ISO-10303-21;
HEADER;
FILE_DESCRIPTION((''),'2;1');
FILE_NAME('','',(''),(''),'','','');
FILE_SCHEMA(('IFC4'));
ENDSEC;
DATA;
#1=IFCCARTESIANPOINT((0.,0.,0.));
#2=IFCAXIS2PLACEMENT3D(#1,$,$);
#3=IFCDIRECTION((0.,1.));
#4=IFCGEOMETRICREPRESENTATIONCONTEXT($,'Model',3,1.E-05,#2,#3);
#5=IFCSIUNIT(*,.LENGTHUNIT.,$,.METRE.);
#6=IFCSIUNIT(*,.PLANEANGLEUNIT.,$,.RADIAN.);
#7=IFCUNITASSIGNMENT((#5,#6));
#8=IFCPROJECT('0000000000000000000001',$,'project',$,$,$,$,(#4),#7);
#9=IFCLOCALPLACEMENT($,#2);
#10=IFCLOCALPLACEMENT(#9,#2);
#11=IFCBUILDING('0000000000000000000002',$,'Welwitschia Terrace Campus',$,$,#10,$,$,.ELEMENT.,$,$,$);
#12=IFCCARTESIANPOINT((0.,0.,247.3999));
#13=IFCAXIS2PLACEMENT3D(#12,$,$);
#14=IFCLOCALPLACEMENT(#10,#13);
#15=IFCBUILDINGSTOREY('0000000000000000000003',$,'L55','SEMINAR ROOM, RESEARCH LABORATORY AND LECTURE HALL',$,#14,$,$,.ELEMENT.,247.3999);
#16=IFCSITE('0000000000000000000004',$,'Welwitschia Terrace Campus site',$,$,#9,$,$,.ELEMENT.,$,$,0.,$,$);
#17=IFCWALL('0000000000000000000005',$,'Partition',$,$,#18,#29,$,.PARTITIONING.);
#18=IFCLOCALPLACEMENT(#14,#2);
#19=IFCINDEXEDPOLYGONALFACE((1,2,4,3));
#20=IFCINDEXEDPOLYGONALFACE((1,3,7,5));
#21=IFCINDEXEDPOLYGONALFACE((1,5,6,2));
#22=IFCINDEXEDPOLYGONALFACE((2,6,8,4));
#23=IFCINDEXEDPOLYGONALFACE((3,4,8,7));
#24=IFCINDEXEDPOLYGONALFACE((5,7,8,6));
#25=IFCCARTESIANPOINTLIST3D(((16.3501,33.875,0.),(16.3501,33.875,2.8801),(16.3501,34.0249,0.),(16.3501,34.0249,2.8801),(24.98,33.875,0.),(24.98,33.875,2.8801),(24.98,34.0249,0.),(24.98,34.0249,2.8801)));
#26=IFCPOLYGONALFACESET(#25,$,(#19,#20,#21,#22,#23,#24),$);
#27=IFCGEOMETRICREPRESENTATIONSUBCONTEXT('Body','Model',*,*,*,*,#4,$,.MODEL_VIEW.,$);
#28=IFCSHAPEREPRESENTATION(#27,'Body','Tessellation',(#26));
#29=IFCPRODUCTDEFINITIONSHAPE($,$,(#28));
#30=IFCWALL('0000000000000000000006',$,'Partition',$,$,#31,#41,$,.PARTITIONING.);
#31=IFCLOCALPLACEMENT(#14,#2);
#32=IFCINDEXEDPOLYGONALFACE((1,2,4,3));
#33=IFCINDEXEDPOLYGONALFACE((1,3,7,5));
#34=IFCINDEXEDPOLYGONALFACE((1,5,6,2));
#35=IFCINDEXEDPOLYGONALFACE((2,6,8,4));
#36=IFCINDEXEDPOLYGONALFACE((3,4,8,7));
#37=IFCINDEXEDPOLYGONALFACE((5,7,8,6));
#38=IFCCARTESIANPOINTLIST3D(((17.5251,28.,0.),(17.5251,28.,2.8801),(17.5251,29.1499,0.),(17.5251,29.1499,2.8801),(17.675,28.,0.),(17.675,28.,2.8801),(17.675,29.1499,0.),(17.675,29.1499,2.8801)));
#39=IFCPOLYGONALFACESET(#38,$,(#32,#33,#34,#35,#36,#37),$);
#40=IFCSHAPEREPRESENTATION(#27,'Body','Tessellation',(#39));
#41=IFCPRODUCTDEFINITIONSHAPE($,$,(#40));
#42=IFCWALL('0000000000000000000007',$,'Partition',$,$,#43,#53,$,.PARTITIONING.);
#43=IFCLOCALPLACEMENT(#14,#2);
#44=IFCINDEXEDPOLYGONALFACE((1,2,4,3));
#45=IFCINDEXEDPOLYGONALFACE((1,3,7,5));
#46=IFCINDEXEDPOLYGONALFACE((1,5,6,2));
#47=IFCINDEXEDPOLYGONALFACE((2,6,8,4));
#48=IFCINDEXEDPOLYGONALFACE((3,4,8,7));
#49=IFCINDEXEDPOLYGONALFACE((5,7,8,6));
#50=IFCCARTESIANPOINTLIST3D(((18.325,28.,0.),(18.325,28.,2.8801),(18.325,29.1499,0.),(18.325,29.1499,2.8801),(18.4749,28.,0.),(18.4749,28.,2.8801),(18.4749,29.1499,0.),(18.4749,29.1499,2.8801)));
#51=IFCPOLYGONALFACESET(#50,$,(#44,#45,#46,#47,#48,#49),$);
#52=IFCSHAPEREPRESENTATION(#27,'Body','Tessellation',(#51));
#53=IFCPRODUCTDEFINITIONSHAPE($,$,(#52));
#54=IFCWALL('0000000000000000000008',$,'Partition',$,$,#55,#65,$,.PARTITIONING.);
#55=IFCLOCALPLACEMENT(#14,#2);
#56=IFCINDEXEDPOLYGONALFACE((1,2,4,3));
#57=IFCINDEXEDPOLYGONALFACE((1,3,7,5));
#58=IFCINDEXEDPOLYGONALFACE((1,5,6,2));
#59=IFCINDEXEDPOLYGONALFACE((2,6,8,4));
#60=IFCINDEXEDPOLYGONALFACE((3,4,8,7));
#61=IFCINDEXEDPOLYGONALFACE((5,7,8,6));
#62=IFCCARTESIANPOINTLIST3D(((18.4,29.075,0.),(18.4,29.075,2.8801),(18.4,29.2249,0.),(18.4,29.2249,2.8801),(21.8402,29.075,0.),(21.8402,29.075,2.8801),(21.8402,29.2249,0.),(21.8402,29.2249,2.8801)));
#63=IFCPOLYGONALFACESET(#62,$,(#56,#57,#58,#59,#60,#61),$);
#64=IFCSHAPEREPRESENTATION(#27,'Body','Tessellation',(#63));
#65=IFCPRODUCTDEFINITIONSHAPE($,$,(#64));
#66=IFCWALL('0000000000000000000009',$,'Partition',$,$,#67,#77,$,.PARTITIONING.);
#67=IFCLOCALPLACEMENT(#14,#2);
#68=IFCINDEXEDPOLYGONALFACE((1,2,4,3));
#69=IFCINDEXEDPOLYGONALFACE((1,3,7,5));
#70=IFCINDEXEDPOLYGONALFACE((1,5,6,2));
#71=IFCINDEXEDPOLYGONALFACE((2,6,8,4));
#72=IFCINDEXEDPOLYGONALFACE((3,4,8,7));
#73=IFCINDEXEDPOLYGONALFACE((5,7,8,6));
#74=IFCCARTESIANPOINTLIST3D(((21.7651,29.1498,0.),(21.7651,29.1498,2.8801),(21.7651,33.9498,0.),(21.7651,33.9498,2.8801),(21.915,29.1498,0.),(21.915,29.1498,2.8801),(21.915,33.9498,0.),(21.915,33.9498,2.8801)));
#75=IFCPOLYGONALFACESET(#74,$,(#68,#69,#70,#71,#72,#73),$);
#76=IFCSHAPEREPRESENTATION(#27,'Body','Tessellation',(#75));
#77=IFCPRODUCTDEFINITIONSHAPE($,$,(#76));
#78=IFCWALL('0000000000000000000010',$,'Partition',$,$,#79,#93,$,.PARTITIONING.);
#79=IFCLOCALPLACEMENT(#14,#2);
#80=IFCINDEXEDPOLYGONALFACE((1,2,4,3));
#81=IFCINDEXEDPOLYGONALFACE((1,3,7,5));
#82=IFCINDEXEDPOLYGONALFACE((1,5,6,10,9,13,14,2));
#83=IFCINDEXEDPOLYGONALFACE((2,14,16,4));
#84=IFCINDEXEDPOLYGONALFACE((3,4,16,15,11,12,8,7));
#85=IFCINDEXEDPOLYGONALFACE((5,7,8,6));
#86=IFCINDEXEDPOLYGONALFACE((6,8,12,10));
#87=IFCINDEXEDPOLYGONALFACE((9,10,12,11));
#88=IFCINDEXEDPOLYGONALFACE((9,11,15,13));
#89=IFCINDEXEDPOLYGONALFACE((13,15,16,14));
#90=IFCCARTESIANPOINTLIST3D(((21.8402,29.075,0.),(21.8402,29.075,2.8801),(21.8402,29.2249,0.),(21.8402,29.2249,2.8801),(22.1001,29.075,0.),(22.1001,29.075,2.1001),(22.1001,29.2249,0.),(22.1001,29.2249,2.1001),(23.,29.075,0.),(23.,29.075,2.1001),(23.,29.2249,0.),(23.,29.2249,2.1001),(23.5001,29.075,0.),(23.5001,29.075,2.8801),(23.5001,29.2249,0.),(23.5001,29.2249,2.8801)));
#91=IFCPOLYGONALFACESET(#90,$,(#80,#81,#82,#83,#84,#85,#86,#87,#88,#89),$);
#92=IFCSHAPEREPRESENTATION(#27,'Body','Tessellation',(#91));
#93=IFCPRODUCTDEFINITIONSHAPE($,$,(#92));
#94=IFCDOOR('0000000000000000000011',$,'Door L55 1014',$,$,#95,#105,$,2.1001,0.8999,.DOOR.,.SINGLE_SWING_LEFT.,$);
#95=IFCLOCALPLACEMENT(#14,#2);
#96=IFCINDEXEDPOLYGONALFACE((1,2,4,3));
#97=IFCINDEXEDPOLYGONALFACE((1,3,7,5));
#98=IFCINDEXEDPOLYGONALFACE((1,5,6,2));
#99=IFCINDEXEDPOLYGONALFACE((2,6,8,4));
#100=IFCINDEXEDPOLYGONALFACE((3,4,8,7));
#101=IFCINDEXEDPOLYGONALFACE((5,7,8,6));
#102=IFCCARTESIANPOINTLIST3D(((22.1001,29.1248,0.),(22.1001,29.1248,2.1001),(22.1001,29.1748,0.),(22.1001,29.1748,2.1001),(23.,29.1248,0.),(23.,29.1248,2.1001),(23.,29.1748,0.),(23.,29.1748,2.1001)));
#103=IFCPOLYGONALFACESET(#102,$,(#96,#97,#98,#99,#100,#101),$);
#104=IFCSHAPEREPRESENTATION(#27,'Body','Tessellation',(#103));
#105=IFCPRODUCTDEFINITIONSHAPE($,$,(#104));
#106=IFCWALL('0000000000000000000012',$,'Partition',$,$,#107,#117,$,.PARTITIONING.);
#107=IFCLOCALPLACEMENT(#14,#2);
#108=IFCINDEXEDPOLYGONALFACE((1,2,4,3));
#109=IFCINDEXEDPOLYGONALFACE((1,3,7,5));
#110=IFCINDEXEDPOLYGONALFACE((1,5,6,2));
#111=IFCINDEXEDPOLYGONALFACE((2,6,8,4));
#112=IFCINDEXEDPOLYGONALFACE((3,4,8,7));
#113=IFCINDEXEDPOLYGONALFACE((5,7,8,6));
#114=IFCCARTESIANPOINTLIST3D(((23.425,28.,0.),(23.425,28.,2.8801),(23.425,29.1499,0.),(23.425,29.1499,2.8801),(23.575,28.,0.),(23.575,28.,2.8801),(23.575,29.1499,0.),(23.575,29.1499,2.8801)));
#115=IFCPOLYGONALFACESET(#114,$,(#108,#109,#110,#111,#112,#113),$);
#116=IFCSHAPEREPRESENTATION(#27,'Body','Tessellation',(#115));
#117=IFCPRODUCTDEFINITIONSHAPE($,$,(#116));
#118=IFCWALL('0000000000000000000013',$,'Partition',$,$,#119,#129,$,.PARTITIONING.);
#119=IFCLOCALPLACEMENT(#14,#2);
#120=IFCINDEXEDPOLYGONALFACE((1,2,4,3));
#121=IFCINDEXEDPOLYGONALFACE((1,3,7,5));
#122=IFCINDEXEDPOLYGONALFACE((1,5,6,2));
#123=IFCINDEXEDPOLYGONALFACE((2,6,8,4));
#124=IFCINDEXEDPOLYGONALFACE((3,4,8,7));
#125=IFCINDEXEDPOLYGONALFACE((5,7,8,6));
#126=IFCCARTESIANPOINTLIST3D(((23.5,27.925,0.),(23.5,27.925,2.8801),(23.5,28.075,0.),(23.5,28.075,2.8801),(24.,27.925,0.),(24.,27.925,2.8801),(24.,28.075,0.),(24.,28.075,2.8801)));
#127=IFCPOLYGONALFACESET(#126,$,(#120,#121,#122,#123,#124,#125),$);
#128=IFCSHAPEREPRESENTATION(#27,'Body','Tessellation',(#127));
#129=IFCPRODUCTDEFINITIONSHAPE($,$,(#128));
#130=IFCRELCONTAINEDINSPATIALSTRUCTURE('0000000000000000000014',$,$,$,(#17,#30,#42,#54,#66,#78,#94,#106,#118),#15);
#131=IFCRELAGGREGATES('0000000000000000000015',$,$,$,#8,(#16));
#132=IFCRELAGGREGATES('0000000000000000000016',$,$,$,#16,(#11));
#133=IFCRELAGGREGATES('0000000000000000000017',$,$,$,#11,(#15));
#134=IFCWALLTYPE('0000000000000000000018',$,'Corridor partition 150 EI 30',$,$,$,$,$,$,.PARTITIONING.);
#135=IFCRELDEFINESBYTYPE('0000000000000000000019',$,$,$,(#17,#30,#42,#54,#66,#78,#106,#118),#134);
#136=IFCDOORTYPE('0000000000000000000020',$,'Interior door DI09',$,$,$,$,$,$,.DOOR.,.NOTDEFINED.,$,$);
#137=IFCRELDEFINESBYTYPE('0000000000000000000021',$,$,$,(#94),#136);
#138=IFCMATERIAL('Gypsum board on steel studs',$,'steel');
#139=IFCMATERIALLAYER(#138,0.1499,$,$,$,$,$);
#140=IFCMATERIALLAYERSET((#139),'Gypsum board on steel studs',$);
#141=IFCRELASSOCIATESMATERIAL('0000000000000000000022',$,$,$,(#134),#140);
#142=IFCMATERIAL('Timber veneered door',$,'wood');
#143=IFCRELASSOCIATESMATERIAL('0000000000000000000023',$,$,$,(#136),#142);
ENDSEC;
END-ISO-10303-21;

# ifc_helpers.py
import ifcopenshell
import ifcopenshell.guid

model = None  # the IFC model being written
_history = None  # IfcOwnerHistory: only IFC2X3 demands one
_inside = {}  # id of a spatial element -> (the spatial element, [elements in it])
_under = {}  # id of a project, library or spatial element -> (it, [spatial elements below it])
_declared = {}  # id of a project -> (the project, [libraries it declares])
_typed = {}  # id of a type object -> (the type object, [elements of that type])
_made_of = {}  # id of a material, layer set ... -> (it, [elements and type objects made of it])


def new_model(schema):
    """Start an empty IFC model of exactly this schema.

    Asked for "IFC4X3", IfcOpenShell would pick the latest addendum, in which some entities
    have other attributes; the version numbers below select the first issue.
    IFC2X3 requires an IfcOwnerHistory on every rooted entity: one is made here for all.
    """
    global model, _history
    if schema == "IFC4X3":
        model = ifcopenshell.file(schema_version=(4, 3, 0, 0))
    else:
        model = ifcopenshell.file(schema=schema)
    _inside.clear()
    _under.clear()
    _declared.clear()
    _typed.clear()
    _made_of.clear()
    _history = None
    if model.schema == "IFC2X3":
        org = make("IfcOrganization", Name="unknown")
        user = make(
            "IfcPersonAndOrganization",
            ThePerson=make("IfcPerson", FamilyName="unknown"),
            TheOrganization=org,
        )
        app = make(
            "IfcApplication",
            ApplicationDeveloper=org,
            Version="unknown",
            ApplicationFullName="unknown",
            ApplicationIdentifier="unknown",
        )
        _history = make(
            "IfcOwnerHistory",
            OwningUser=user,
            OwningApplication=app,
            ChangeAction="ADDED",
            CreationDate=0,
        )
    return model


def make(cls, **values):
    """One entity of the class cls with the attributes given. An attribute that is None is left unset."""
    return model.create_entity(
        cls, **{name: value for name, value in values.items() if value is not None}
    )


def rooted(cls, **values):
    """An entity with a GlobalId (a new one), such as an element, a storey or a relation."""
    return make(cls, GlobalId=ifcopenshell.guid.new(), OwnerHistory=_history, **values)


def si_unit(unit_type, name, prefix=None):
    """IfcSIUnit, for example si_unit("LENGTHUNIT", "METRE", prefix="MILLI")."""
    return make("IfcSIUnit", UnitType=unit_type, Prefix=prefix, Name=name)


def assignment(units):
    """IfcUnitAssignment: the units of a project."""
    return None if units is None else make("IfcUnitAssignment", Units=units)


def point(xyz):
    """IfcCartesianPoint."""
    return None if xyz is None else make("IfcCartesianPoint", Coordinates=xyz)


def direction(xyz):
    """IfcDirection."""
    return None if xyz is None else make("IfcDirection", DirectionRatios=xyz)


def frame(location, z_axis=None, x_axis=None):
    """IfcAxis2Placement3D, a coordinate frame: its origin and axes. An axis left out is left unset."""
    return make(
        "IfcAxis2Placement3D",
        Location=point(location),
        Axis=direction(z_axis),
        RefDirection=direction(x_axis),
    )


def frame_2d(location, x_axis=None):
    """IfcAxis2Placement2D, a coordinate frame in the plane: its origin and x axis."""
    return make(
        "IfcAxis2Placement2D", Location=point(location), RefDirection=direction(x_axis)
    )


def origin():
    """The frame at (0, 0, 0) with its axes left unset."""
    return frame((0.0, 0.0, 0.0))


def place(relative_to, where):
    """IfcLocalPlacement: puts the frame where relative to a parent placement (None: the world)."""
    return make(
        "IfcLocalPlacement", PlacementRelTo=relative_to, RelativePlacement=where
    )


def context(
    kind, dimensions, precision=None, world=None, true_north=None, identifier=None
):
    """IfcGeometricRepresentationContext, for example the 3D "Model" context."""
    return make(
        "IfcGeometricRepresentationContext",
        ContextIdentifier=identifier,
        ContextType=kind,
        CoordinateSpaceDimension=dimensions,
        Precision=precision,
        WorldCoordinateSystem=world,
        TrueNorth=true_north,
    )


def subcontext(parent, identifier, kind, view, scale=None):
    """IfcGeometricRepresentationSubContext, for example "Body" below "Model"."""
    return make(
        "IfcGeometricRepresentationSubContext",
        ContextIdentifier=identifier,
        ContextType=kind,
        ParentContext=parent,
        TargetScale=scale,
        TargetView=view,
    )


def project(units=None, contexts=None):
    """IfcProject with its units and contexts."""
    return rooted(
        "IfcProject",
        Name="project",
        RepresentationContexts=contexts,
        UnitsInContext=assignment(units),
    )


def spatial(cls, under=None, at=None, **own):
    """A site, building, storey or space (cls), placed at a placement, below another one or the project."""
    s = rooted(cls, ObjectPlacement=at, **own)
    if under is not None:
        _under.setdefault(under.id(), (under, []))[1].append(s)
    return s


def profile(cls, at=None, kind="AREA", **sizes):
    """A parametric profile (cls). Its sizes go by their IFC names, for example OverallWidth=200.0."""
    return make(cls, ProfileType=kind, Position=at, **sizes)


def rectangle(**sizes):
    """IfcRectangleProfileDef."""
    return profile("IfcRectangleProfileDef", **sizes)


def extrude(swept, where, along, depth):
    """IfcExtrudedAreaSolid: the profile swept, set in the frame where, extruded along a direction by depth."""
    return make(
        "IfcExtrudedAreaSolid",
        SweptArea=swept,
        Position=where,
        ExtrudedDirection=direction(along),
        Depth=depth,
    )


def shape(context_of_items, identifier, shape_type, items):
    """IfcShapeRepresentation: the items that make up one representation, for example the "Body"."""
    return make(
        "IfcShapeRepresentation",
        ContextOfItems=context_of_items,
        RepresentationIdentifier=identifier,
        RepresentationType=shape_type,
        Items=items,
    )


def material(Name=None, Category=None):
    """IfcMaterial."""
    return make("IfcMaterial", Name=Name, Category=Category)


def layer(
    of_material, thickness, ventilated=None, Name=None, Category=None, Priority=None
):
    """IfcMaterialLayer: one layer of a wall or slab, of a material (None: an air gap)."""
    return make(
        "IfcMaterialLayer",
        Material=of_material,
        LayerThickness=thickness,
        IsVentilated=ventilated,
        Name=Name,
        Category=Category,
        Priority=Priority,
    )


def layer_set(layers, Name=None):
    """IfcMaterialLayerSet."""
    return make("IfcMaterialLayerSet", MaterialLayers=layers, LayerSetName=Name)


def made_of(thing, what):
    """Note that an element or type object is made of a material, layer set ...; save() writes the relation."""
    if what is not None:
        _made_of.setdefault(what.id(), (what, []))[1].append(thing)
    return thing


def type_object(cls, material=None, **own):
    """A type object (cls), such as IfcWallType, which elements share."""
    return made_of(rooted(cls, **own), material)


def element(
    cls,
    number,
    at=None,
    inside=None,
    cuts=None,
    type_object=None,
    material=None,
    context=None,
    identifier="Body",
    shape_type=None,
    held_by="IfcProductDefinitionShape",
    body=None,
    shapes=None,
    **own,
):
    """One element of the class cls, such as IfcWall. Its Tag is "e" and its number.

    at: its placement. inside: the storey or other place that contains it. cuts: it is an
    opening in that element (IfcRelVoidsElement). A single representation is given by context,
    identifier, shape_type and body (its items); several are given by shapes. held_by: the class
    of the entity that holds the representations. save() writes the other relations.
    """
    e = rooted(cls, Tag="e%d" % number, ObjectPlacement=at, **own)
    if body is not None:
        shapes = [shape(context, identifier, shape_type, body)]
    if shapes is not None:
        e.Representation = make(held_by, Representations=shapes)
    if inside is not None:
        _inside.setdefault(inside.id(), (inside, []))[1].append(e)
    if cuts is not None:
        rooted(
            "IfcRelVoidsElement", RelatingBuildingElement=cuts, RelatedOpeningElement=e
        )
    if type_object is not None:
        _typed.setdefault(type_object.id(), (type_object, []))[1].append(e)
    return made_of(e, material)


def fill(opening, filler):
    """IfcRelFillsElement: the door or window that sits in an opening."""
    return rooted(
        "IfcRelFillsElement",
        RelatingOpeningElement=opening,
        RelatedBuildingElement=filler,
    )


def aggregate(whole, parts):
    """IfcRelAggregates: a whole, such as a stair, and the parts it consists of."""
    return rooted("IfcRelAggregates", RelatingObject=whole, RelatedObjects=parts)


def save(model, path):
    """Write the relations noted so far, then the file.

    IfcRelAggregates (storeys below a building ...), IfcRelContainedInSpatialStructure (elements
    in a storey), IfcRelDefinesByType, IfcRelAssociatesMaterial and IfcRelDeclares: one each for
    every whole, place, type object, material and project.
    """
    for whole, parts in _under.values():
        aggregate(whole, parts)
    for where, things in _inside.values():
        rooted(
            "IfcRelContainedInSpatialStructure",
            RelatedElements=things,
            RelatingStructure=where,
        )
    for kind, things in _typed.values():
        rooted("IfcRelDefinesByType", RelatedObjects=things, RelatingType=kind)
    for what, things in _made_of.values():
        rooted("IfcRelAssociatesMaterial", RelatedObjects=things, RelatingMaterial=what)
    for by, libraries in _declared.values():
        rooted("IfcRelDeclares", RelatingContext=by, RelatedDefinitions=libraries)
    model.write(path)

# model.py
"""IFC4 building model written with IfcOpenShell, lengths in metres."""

from ifc_helpers import new_model, si_unit, direction, frame, frame_2d, origin, place, context, subcontext, project, spatial, rectangle, extrude, material, layer, layer_set, type_object, element, fill, save


model = new_model("IFC4")

# Units and contexts
model_context = context("Model", 3, precision=1e-05, world=origin(), true_north=direction((0.0, 1.0)))
body_context = subcontext(model_context, "Body", "Model", "MODEL_VIEW")
ifc_project = project(units=[si_unit("LENGTHUNIT", "METRE"), si_unit("PLANEANGLEUNIT", "RADIAN")], contexts=[model_context])

# Site, building, storey
site_placement = place(None, origin())
site = spatial("IfcSite", under=ifc_project, at=site_placement, Name="Welwitschia Terrace Campus site", CompositionType="ELEMENT", RefElevation=0.0)
building_placement = place(site_placement, origin())
building = spatial("IfcBuilding", under=site, at=building_placement, Name="Welwitschia Terrace Campus", CompositionType="ELEMENT")
storey_placement = place(building_placement, frame((0.0, 0.0, 247.3999)))
storey = spatial("IfcBuildingStorey", under=building, at=storey_placement, Name="L55", Description="SEMINAR ROOM, RESEARCH LABORATORY AND LECTURE HALL", CompositionType="ELEMENT", Elevation=247.3999)

# Walls
ifc_material_1 = material(Name="Gypsum board on steel studs", Category="steel")
ifc_layer_1 = layer(ifc_material_1, 0.1499)
ifc_layer_set_1 = layer_set([ifc_layer_1], Name="Gypsum board on steel studs")
wall_type = type_object("IfcWallType", Name="Corridor partition 150 EI 30", PredefinedType="PARTITIONING", material=ifc_layer_set_1)
wall_1_placement = place(storey_placement, frame((16.3501, 33.95, 0.0), z_axis=(0.0, 0.0, 1.0), x_axis=(1.0, 0.0, 0.0)))
element("IfcWall", 1, at=wall_1_placement, inside=storey, type_object=wall_type, Name="Partition", PredefinedType="PARTITIONING", context=body_context, shape_type="SweptSolid", body=[
    extrude(rectangle(XDim=8.6299, YDim=0.1499, at=frame_2d((4.3149, 0.0))), origin(), (0.0, 0.0, 1.0), 2.8801),
])
for number, where, z_axis, x_axis, name in (
    (2, (17.6001, 28.0, 0.0), (0.0, 0.0, 1.0), (0.0, 1.0, 0.0), "Partition"),
    (3, (18.3999, 28.0, 0.0), (0.0, 0.0, 1.0), (0.0, 1.0, 0.0), "Partition"),
):
    element("IfcWall", number, at=place(storey_placement, frame(where, z_axis=z_axis, x_axis=x_axis)), inside=storey, type_object=wall_type, Name=name, PredefinedType="PARTITIONING", context=body_context, shape_type="SweptSolid", body=[
        extrude(rectangle(XDim=1.1499, YDim=0.1499, at=frame_2d((0.575, 0.0))), origin(), (0.0, 0.0, 1.0), 2.8801),
    ])
wall_2_placement = place(storey_placement, frame((18.3999, 29.1499, 0.0), z_axis=(0.0, 0.0, 1.0), x_axis=(1.0, 0.0, 0.0)))
element("IfcWall", 4, at=wall_2_placement, inside=storey, type_object=wall_type, Name="Partition", PredefinedType="PARTITIONING", context=body_context, shape_type="SweptSolid", body=[
    extrude(rectangle(XDim=3.4402, YDim=0.1499, at=frame_2d((1.7202, 0.0))), origin(), (0.0, 0.0, 1.0), 2.8801),
])
wall_3_placement = place(storey_placement, frame((21.8401, 29.1499, 0.0), z_axis=(0.0, 0.0, 1.0), x_axis=(0.0, 1.0, 0.0)))
element("IfcWall", 5, at=wall_3_placement, inside=storey, type_object=wall_type, Name="Partition", PredefinedType="PARTITIONING", context=body_context, shape_type="SweptSolid", body=[
    extrude(rectangle(XDim=4.8, YDim=0.1499, at=frame_2d((2.3999, 0.0))), origin(), (0.0, 0.0, 1.0), 2.8801),
])

# Wall, opening, door
wall_4_placement = place(storey_placement, frame((21.8401, 29.1499, 0.0), z_axis=(0.0, 0.0, 1.0), x_axis=(1.0, 0.0, 0.0)))
wall_4 = element("IfcWall", 6, at=wall_4_placement, inside=storey, type_object=wall_type, Name="Partition", PredefinedType="PARTITIONING", context=body_context, shape_type="SweptSolid", body=[
    extrude(rectangle(XDim=1.6599, YDim=0.1499, at=frame_2d((0.8301, 0.0))), origin(), (0.0, 0.0, 1.0), 2.8801),
])
opening_placement = place(wall_4_placement, frame((0.26, 0.0, 0.0)))
opening = element("IfcOpeningElement", 7, at=opening_placement, cuts=wall_4, PredefinedType="OPENING", context=body_context, shape_type="SweptSolid", body=[
    extrude(rectangle(XDim=0.8999, YDim=2.1001, at=frame_2d((0.45, 1.05))), frame((0.0, 0.085, 0.0), z_axis=(0.0, -1.0, 0.0), x_axis=(1.0, 0.0, 0.0)), (0.0, 0.0, 1.0), 0.1699),
])
ifc_material_2 = material(Name="Timber veneered door", Category="wood")
door_type = type_object("IfcDoorType", Name="Interior door DI09", OperationType="NOTDEFINED", PredefinedType="DOOR", material=ifc_material_2)
door_placement = place(opening_placement, origin())
door = element("IfcDoor", 8, at=door_placement, inside=storey, type_object=door_type, Name="Door L55 1014", OperationType="SINGLE_SWING_LEFT", OverallHeight=2.1001, OverallWidth=0.8999, PredefinedType="DOOR", context=body_context, shape_type="SweptSolid", body=[
    extrude(rectangle(XDim=0.8999, YDim=2.1001, at=frame_2d((0.45, 1.05))), frame((0.0, 0.0249, 0.0), z_axis=(0.0, -1.0, 0.0), x_axis=(1.0, 0.0, 0.0)), (0.0, 0.0, 1.0), 0.05),
])
fill(opening, door)

# Walls
wall_5_placement = place(storey_placement, frame((23.5, 28.0, 0.0), z_axis=(0.0, 0.0, 1.0), x_axis=(0.0, 1.0, 0.0)))
element("IfcWall", 9, at=wall_5_placement, inside=storey, type_object=wall_type, Name="Partition", PredefinedType="PARTITIONING", context=body_context, shape_type="SweptSolid", body=[
    extrude(rectangle(XDim=1.1499, YDim=0.1499, at=frame_2d((0.575, 0.0))), origin(), (0.0, 0.0, 1.0), 2.8801),
])
wall_6_placement = place(storey_placement, frame((23.5, 28.0, 0.0), z_axis=(0.0, 0.0, 1.0), x_axis=(1.0, 0.0, 0.0)))
element("IfcWall", 10, at=wall_6_placement, inside=storey, type_object=wall_type, Name="Partition", PredefinedType="PARTITIONING", context=body_context, shape_type="SweptSolid", body=[
    extrude(rectangle(XDim=0.5, YDim=0.1499, at=frame_2d((0.25, 0.0))), origin(), (0.0, 0.0, 1.0), 2.8801),
])

save(model, "model.ifc")
